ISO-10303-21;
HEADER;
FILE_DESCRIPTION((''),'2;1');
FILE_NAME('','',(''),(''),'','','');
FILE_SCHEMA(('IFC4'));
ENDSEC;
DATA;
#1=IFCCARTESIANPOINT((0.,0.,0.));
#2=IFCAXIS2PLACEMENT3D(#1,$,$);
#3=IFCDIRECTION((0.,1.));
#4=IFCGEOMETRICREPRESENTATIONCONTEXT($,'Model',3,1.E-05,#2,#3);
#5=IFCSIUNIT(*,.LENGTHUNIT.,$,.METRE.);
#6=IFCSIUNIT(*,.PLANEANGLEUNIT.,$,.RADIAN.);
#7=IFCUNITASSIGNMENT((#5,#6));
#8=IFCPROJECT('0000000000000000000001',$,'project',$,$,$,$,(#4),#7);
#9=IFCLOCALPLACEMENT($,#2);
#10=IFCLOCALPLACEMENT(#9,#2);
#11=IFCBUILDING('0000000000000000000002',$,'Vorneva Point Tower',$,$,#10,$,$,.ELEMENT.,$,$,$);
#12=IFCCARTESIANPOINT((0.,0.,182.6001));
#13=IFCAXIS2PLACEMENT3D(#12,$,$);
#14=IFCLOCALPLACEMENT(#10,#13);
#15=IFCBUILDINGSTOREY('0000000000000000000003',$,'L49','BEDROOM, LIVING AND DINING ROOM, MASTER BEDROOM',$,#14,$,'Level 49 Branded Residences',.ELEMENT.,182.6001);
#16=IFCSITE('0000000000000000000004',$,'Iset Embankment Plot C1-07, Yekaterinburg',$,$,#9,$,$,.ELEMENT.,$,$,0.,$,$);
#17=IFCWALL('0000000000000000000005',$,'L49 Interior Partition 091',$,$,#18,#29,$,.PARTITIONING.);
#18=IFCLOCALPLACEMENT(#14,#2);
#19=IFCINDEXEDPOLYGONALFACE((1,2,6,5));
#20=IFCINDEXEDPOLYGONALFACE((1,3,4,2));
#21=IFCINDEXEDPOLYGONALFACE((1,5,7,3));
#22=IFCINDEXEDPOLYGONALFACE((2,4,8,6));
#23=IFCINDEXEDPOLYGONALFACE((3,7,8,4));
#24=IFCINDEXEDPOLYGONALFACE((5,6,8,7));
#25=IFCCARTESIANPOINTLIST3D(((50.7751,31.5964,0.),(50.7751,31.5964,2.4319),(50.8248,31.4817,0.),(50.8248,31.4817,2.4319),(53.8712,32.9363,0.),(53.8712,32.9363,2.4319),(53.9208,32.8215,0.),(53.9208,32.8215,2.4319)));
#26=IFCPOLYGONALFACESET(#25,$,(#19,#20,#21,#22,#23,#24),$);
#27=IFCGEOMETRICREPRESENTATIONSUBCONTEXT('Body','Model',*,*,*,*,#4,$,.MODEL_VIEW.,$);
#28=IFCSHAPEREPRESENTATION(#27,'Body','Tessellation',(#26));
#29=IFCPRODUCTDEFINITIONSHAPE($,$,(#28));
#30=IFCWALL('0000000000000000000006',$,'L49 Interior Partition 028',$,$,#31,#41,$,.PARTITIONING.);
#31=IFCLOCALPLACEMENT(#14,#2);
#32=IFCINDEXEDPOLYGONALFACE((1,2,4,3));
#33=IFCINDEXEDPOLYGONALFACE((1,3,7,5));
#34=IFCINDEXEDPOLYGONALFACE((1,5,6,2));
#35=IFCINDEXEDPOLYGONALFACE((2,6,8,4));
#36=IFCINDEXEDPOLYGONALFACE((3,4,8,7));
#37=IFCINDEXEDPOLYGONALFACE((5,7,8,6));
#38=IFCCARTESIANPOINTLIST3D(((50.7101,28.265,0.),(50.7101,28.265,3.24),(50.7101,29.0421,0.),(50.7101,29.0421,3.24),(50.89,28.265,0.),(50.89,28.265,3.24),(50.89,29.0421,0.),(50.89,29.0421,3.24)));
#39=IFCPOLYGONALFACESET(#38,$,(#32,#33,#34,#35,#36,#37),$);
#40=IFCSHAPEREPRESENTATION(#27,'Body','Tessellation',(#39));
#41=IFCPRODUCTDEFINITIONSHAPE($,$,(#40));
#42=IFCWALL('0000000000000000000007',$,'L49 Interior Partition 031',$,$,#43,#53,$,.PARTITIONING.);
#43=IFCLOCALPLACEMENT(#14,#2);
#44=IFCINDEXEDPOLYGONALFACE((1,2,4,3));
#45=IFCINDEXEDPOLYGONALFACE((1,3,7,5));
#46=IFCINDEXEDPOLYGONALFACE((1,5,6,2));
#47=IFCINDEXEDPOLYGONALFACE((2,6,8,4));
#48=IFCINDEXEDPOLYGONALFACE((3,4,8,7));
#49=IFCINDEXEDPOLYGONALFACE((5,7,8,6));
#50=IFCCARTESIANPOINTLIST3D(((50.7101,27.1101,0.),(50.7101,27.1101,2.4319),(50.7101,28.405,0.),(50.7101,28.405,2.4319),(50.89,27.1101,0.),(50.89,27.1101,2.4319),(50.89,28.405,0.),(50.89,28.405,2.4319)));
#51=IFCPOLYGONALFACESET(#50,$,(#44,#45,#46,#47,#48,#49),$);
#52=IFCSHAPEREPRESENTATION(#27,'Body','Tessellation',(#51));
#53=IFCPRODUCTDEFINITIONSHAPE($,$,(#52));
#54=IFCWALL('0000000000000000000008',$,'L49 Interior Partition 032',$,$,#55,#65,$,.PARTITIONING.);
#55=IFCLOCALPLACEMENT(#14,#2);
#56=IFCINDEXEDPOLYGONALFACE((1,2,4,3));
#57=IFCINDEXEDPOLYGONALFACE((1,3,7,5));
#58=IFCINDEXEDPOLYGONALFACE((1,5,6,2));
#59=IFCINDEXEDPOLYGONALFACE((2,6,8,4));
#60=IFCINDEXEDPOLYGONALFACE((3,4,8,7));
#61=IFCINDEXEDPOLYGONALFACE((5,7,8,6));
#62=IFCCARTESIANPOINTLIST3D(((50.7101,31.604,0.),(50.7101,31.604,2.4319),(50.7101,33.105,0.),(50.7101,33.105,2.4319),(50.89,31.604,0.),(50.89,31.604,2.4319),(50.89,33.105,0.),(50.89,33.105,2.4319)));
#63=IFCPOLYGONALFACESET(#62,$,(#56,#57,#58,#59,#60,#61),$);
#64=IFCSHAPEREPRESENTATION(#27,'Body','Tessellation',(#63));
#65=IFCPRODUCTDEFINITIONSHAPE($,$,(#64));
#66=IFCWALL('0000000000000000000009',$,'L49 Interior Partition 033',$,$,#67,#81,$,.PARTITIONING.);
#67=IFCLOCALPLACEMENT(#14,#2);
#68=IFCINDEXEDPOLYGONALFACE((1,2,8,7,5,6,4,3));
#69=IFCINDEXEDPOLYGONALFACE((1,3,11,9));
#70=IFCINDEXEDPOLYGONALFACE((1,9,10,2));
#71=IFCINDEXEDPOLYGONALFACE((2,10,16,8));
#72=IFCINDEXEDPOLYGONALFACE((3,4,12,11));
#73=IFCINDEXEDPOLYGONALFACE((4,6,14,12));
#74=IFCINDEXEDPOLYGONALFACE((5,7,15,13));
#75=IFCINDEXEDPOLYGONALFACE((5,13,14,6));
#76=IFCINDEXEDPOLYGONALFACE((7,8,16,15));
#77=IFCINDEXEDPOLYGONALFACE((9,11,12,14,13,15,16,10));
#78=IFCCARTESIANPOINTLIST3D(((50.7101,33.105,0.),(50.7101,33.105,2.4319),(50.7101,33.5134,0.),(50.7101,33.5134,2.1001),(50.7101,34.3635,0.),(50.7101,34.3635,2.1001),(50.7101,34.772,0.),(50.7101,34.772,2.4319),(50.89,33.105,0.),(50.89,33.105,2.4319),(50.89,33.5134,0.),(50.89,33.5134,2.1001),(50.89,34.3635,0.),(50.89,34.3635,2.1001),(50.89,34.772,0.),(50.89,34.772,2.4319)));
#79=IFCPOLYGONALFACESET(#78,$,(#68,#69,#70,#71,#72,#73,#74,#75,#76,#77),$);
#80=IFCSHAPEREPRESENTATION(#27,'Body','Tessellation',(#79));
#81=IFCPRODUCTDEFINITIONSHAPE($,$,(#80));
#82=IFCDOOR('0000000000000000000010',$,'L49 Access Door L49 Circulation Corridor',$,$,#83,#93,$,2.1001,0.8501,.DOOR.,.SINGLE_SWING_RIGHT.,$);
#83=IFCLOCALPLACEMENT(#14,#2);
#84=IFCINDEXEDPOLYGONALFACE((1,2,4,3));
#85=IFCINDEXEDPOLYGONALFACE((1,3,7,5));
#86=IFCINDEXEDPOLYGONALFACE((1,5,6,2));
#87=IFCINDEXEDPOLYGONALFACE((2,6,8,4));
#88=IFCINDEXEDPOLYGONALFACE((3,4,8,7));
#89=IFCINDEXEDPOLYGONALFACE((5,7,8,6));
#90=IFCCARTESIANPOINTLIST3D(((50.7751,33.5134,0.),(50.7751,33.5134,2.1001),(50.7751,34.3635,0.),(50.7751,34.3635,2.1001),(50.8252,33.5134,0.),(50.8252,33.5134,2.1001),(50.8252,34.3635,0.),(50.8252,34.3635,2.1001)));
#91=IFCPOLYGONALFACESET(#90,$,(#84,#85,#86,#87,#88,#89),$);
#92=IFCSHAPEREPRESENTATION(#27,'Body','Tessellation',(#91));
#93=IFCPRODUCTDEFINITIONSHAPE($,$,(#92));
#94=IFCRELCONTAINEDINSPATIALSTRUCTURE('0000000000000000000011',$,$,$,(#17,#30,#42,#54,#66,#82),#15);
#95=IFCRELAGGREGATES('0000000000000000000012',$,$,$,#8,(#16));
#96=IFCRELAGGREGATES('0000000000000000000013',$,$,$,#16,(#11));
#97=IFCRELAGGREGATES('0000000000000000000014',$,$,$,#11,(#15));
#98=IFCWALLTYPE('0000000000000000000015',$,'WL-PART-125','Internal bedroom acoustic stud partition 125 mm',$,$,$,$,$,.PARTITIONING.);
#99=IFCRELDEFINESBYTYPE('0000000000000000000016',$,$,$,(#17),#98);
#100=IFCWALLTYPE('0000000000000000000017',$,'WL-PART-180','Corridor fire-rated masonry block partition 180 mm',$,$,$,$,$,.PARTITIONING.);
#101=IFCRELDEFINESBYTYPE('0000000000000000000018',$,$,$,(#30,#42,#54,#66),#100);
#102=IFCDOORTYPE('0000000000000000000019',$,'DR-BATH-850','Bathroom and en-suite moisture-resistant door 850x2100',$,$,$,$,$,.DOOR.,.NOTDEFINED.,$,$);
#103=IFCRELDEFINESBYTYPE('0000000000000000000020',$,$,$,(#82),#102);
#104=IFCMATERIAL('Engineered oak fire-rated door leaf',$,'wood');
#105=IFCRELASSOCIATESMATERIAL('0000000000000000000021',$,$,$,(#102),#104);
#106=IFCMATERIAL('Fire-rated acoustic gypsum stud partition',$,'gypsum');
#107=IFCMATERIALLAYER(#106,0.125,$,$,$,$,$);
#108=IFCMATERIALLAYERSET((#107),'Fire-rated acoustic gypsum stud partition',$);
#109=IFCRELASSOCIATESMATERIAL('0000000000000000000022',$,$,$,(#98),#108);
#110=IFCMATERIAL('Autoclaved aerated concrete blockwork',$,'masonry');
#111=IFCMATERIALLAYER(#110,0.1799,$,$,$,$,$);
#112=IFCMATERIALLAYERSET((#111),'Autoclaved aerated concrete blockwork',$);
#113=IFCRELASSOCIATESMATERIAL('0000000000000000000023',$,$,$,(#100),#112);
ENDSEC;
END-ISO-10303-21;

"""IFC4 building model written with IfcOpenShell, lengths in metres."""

from ifc_helpers import new_model, si_unit, direction, frame, frame_2d, origin, place, context, subcontext, project, spatial, rectangle, extrude, material, layer, layer_set, type_object, element, fill, save


model = new_model("IFC4")

# Units and contexts
model_context = context("Model", 3, precision=1e-05, world=origin(), true_north=direction((0.0, 1.0)))
body_context = subcontext(model_context, "Body", "Model", "MODEL_VIEW")
ifc_project = project(units=[si_unit("LENGTHUNIT", "METRE"), si_unit("PLANEANGLEUNIT", "RADIAN")], contexts=[model_context])

# Site, building, storey
site_placement = place(None, origin())
site = spatial("IfcSite", under=ifc_project, at=site_placement, Name="Iset Embankment Plot C1-07, Yekaterinburg", CompositionType="ELEMENT", RefElevation=0.0)
building_placement = place(site_placement, origin())
building = spatial("IfcBuilding", under=site, at=building_placement, Name="Vorneva Point Tower", CompositionType="ELEMENT")
storey_placement = place(building_placement, frame((0.0, 0.0, 182.6001)))
storey = spatial("IfcBuildingStorey", under=building, at=storey_placement, Name="L49", Description="BEDROOM, LIVING AND DINING ROOM, MASTER BEDROOM", LongName="Level 49 Branded Residences", CompositionType="ELEMENT", Elevation=182.6001)

# Shared definitions
ifc_material_1 = material(Name="Fire-rated acoustic gypsum stud partition", Category="gypsum")
ifc_material_2 = material(Name="Engineered oak fire-rated door leaf", Category="wood")
door_type_1 = type_object("IfcDoorType", Name="DR-BATH-850", Description="Bathroom and en-suite moisture-resistant door 850x2100", OperationType="NOTDEFINED", PredefinedType="DOOR", material=ifc_material_2)

# Shared definitions
ifc_layer_1 = layer(ifc_material_1, 0.125)
ifc_layer_set_1 = layer_set([ifc_layer_1], Name="Fire-rated acoustic gypsum stud partition")
wall_type_1 = type_object("IfcWallType", Name="WL-PART-125", Description="Internal bedroom acoustic stud partition 125 mm", PredefinedType="PARTITIONING", material=ifc_layer_set_1)

# Walls
wall_1_placement = place(storey_placement, frame((53.896, 32.8789, 0.0), z_axis=(0.0, 0.0, 1.0), x_axis=(-0.917743, -0.397175, 0.0)))
element("IfcWall", 1, at=wall_1_placement, inside=storey, type_object=wall_type_1, Name="L49 Interior Partition 091", PredefinedType="PARTITIONING", context=body_context, shape_type="SweptSolid", body=[
    extrude(rectangle(XDim=3.3735, YDim=0.125, at=frame_2d((1.6868, 0.0))), origin(), (0.0, 0.0, 1.0), 2.4319),
])
ifc_material_3 = material(Name="Autoclaved aerated concrete blockwork", Category="masonry")
ifc_layer_2 = layer(ifc_material_3, 0.1799)
ifc_layer_set_2 = layer_set([ifc_layer_2], Name="Autoclaved aerated concrete blockwork")
wall_type_2 = type_object("IfcWallType", Name="WL-PART-180", Description="Corridor fire-rated masonry block partition 180 mm", PredefinedType="PARTITIONING", material=ifc_layer_set_2)
wall_2_placement = place(storey_placement, frame((50.8, 28.2649, 0.0), z_axis=(0.0, 0.0, 1.0), x_axis=(0.0, 1.0, 0.0)))
element("IfcWall", 2, at=wall_2_placement, inside=storey, type_object=wall_type_2, Name="L49 Interior Partition 028", PredefinedType="PARTITIONING", context=body_context, shape_type="SweptSolid", body=[
    extrude(rectangle(XDim=0.7771, YDim=0.1799, at=frame_2d((0.3887, 0.0))), origin(), (0.0, 0.0, 1.0), 3.24),
])

# Walls
wall_3_placement = place(storey_placement, frame((50.8, 27.1101, 0.0), z_axis=(0.0, 0.0, 1.0), x_axis=(0.0, 1.0, 0.0)))
element("IfcWall", 3, at=wall_3_placement, inside=storey, type_object=wall_type_2, Name="L49 Interior Partition 031", PredefinedType="PARTITIONING", context=body_context, shape_type="SweptSolid", body=[
    extrude(rectangle(XDim=1.2949, YDim=0.1799, at=frame_2d((0.6475, 0.0))), origin(), (0.0, 0.0, 1.0), 2.4319),
])
wall_4_placement = place(storey_placement, frame((50.8, 31.604, 0.0), z_axis=(0.0, 0.0, 1.0), x_axis=(0.0, 1.0, 0.0)))
element("IfcWall", 4, at=wall_4_placement, inside=storey, type_object=wall_type_2, Name="L49 Interior Partition 032", PredefinedType="PARTITIONING", context=body_context, shape_type="SweptSolid", body=[
    extrude(rectangle(XDim=1.501, YDim=0.1799, at=frame_2d((0.7505, 0.0))), origin(), (0.0, 0.0, 1.0), 2.4319),
])

# Wall, opening, door
wall_5_placement = place(storey_placement, frame((50.8, 33.105, 0.0), z_axis=(0.0, 0.0, 1.0), x_axis=(0.0, 1.0, 0.0)))
wall_5 = element("IfcWall", 5, at=wall_5_placement, inside=storey, type_object=wall_type_2, Name="L49 Interior Partition 033", PredefinedType="PARTITIONING", context=body_context, shape_type="SweptSolid", body=[
    extrude(rectangle(XDim=1.667, YDim=0.1799, at=frame_2d((0.8335, 0.0))), origin(), (0.0, 0.0, 1.0), 2.4319),
])
opening_1_placement = place(wall_5_placement, frame((0.4084, 0.0, 0.0)))
opening_1 = element("IfcOpeningElement", 6, at=opening_1_placement, cuts=wall_5, PredefinedType="OPENING", context=body_context, shape_type="SweptSolid", body=[
    extrude(rectangle(XDim=0.8501, YDim=2.1001, at=frame_2d((0.425, 1.05))), frame((0.0, 0.105, 0.0), z_axis=(0.0, -1.0, 0.0), x_axis=(1.0, 0.0, 0.0)), (0.0, 0.0, 1.0), 0.2097),
])
door_1_placement = place(opening_1_placement, origin())
door_1 = element("IfcDoor", 7, at=door_1_placement, inside=storey, type_object=door_type_1, Name="L49 Access Door L49 Circulation Corridor", OperationType="SINGLE_SWING_RIGHT", OverallHeight=2.1001, OverallWidth=0.8501, PredefinedType="DOOR", context=body_context, shape_type="SweptSolid", body=[
    extrude(rectangle(XDim=0.8501, YDim=2.1001, at=frame_2d((0.425, 1.05))), frame((0.0, 0.0249, 0.0), z_axis=(0.0, -1.0, 0.0), x_axis=(1.0, 0.0, 0.0)), (0.0, 0.0, 1.0), 0.05),
])
fill(opening_1, door_1)

save(model, "model.ifc")
